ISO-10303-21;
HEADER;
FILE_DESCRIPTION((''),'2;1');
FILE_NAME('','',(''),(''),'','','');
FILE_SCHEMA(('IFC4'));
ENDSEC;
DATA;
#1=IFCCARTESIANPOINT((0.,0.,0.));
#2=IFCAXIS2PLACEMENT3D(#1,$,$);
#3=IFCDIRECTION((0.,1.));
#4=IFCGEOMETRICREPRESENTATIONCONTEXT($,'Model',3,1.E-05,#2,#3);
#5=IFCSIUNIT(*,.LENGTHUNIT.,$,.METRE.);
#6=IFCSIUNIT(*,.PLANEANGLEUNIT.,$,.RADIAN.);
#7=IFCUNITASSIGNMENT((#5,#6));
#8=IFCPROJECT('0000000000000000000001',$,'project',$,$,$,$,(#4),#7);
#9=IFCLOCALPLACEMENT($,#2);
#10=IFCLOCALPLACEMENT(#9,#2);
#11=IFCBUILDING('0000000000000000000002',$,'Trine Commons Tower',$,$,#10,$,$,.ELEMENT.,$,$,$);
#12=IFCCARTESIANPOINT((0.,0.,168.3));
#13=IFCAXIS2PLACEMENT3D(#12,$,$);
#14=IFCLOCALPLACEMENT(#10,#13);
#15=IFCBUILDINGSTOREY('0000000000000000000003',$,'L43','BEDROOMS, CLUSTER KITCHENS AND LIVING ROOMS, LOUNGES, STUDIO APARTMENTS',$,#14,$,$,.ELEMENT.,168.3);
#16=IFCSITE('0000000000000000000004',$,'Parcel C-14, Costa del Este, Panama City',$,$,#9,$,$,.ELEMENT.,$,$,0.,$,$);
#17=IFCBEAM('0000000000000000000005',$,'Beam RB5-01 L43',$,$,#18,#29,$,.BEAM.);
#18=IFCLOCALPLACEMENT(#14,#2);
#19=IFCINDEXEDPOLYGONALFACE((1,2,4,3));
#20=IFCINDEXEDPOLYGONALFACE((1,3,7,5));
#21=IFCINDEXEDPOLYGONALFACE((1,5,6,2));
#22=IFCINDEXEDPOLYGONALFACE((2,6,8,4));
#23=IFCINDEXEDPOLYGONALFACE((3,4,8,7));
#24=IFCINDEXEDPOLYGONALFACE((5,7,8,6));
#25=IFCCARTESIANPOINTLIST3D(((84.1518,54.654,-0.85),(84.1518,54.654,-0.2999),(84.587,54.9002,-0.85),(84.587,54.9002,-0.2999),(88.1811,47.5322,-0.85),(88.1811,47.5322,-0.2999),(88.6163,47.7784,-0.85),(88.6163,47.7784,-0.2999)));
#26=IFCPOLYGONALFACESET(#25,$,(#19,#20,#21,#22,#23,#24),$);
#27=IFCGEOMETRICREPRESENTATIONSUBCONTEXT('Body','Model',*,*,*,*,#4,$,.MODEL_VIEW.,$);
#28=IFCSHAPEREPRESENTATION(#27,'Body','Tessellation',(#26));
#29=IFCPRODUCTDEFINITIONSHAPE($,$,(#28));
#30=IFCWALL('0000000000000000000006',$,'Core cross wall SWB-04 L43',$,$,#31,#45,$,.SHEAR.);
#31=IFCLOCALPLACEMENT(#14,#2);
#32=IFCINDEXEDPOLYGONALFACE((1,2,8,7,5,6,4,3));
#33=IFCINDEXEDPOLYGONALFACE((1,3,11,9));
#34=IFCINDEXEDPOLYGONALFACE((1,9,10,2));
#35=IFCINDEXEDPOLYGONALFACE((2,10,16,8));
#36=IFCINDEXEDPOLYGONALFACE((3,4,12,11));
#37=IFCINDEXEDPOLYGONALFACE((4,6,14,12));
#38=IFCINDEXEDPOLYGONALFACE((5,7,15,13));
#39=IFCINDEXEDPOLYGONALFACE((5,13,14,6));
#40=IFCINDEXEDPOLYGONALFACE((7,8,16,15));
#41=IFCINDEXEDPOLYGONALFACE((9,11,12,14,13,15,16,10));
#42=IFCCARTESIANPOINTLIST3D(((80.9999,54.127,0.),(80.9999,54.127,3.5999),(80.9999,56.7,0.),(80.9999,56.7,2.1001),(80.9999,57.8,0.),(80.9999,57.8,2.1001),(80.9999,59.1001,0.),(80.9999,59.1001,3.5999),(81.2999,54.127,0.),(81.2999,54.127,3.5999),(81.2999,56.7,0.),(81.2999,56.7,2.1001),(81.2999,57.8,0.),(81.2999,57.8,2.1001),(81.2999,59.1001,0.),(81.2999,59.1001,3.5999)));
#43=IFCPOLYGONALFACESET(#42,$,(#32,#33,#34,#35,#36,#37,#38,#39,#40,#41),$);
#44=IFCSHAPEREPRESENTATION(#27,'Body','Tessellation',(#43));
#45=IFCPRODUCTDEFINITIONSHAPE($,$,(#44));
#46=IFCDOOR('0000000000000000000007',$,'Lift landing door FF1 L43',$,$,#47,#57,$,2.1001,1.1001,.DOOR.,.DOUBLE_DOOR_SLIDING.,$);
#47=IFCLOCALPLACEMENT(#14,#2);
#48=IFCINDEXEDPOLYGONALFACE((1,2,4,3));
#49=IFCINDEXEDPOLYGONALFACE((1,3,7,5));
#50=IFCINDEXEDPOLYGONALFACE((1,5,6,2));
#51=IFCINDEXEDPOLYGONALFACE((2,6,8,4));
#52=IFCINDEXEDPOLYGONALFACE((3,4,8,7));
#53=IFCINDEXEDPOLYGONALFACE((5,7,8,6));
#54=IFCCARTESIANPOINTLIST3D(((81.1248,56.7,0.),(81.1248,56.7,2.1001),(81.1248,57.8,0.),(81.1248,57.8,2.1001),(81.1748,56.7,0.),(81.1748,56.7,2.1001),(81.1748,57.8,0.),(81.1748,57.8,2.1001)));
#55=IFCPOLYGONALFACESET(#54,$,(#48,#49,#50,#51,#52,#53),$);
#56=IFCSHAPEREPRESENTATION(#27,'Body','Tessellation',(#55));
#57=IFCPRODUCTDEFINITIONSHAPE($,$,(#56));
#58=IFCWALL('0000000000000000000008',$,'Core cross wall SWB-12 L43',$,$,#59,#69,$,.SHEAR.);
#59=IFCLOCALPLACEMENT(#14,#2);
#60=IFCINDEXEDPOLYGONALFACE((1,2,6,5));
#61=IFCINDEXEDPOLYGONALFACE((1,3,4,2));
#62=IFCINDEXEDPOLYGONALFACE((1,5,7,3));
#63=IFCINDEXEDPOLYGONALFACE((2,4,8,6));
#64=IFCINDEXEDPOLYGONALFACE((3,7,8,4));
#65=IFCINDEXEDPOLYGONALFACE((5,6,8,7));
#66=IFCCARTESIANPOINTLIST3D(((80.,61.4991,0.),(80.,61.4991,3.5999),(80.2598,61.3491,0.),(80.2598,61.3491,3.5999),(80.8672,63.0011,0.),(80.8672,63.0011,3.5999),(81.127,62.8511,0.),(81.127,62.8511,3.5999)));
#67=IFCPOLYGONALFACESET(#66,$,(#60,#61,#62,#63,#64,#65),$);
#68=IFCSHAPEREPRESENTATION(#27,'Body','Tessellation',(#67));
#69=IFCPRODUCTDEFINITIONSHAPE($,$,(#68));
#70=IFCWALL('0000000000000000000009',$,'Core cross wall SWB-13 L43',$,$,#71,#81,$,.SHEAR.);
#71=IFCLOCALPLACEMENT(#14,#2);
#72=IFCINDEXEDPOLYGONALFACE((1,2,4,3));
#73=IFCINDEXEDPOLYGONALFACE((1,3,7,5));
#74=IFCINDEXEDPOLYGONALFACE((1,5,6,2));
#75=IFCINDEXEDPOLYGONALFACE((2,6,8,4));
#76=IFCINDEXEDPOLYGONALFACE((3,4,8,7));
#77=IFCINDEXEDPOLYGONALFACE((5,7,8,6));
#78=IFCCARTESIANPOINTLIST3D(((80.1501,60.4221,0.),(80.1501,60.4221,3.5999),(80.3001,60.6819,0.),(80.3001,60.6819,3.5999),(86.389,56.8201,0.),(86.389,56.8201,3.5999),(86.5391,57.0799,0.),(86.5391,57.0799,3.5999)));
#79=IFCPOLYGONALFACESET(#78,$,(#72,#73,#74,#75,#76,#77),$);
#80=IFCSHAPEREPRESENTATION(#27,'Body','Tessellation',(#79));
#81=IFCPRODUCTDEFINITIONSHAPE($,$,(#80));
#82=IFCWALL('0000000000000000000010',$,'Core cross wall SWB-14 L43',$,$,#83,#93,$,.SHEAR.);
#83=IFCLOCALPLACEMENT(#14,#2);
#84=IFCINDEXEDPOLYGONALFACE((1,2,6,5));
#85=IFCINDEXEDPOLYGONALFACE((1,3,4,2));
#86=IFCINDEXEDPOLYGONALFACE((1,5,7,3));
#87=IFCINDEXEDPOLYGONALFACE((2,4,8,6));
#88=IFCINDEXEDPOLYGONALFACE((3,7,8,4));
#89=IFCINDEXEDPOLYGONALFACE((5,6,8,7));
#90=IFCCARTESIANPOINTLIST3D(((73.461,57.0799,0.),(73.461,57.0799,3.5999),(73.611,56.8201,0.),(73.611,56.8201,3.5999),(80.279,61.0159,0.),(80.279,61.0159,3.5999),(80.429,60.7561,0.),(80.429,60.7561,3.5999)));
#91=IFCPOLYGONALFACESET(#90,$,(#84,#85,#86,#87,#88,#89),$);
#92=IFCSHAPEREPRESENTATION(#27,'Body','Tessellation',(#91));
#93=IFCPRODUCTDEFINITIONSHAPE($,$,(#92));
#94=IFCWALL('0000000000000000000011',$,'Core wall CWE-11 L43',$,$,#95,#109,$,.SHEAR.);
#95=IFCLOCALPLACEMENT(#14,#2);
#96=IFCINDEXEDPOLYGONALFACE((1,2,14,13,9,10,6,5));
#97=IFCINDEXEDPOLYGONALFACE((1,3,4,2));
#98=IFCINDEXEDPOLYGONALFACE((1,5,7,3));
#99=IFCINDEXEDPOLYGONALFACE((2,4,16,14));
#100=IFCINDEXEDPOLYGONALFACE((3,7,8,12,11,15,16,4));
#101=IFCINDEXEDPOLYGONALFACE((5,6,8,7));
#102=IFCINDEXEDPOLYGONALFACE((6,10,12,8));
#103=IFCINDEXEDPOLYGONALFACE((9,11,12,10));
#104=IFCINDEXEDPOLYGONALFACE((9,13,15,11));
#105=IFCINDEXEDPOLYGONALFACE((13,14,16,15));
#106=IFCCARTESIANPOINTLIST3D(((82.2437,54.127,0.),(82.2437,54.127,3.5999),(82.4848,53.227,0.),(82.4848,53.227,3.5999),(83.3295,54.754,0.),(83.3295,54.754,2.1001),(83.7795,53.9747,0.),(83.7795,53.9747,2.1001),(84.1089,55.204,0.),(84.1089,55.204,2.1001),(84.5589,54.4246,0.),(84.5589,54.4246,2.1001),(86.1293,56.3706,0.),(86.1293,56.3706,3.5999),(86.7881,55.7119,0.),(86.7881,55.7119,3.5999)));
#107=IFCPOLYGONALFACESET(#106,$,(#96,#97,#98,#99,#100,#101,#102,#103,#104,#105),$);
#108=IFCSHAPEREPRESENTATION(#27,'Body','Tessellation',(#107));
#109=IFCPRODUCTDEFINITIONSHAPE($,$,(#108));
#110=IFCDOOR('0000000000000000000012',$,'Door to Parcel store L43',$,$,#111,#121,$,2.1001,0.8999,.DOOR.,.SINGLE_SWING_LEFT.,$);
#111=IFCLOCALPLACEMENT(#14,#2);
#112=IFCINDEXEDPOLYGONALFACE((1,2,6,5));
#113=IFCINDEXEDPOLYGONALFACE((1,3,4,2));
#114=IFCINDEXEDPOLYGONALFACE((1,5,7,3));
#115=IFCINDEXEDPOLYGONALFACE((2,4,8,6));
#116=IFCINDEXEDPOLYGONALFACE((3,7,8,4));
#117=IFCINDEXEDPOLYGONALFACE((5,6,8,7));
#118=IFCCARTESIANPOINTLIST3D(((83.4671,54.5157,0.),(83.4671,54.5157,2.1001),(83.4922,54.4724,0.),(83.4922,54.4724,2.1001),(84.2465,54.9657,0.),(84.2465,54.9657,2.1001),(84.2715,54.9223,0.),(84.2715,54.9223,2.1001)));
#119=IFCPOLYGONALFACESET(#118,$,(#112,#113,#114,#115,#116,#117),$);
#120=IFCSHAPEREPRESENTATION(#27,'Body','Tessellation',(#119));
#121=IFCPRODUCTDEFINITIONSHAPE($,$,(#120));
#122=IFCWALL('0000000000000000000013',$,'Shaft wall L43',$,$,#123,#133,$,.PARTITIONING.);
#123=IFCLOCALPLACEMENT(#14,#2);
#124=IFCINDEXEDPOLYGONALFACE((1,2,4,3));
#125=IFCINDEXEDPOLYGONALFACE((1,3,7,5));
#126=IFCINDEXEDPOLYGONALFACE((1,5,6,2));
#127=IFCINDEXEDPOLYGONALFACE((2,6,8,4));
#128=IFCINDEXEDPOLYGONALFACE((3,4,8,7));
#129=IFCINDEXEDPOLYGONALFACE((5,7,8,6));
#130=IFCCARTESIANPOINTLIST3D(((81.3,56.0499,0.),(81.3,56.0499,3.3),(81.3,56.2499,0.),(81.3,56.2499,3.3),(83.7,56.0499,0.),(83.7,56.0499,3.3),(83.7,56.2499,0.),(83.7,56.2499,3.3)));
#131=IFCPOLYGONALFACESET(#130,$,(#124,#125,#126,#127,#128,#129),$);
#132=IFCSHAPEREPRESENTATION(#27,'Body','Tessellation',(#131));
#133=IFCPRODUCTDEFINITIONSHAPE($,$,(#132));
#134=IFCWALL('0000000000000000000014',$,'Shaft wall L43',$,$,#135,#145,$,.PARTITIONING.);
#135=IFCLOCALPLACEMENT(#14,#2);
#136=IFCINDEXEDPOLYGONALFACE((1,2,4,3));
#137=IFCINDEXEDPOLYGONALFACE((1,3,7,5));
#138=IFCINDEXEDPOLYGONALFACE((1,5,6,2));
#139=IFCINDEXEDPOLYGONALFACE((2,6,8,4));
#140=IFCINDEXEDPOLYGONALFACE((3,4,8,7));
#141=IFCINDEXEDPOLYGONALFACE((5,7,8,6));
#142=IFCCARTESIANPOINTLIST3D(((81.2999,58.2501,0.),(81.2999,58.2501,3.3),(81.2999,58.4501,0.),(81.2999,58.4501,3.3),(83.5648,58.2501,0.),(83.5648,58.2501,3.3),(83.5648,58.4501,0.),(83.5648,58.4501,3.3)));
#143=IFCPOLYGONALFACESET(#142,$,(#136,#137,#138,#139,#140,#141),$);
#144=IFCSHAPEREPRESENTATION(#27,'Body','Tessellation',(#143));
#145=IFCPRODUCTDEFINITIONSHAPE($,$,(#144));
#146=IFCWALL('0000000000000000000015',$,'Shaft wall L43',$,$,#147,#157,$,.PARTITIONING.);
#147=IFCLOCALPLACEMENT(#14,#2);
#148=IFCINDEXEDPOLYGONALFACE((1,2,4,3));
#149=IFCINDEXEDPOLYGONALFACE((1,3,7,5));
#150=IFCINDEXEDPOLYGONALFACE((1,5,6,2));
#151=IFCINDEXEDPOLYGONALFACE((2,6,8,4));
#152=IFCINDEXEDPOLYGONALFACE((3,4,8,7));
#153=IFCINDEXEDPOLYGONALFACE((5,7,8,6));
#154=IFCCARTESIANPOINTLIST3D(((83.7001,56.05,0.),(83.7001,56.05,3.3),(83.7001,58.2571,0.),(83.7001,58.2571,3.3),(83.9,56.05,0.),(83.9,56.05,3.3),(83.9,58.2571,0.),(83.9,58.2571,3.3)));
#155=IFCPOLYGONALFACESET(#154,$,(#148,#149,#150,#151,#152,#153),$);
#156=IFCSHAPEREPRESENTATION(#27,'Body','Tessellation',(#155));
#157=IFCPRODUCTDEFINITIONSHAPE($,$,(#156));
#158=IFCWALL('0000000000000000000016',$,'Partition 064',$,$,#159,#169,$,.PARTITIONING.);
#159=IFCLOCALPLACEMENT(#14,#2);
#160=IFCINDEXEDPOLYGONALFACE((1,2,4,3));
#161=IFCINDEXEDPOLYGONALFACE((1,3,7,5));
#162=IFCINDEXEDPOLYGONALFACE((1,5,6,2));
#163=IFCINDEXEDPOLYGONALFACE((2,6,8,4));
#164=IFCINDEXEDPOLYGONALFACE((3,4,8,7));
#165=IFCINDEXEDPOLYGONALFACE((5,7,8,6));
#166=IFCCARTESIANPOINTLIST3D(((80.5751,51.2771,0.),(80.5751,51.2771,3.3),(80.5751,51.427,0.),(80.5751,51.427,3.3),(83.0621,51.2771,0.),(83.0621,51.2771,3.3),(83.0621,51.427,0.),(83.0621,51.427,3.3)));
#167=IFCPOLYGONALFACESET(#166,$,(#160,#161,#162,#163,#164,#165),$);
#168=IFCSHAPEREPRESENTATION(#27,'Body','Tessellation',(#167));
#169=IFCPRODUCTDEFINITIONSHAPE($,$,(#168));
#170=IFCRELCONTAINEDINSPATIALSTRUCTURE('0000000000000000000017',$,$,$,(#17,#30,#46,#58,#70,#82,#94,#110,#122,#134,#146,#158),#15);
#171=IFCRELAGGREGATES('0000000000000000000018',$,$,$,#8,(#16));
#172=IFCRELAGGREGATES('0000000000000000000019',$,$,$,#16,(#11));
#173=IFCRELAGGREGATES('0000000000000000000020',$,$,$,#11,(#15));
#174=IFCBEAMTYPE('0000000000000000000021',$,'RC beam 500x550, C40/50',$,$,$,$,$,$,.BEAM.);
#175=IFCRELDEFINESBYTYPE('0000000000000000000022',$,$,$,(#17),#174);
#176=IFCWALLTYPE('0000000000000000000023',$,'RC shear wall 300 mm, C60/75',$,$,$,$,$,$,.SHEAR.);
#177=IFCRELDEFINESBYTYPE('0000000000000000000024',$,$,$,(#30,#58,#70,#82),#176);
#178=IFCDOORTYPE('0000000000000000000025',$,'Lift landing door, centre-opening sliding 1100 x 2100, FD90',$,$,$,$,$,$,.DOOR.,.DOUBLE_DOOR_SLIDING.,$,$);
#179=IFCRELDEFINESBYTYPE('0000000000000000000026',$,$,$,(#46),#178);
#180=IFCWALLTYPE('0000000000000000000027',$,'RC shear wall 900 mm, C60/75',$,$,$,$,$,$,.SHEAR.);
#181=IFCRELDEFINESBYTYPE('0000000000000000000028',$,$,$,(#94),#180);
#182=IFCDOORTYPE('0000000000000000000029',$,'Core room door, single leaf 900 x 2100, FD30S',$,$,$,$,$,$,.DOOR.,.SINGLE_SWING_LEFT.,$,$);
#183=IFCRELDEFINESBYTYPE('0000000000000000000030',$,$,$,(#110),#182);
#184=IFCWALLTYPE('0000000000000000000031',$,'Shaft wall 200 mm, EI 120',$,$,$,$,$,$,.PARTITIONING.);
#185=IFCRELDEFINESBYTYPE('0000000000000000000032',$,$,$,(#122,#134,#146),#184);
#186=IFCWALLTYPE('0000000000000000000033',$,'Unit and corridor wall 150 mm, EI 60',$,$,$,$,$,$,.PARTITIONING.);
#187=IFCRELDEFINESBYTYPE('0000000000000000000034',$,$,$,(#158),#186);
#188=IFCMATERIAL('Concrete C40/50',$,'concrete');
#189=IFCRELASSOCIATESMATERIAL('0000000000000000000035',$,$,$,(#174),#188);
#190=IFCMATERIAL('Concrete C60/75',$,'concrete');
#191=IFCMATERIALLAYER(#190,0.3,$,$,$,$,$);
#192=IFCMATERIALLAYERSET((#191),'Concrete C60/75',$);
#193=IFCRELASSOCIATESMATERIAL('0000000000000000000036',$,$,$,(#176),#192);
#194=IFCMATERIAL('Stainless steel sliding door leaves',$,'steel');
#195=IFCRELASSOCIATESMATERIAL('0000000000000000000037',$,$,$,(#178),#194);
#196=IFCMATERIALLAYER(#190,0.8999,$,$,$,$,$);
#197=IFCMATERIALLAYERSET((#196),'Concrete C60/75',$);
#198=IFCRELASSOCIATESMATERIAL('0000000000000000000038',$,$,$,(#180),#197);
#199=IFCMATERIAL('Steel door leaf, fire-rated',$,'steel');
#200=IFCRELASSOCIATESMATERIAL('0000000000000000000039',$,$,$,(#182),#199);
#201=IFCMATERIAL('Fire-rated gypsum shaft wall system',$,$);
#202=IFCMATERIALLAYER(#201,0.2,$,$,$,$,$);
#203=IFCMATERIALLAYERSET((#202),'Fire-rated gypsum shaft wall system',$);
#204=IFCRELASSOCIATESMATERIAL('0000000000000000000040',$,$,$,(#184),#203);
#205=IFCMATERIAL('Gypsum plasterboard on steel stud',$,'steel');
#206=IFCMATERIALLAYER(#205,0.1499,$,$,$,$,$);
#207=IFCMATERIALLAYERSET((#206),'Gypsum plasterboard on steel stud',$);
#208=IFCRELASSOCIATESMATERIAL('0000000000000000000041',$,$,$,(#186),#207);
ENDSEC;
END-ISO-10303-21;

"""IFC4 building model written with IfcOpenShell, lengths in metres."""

from ifc_helpers import new_model, si_unit, direction, frame, frame_2d, origin, origin_2d, place, context, subcontext, project, spatial, polyline, rectangle, outline, extrude, material, layer, layer_set, material_profile, profile_set, type_object, element, fill, save


model = new_model("IFC4")

# Units and contexts
model_context = context("Model", 3, precision=1e-05, world=origin(), true_north=direction((0.0, 1.0)))
body_context = subcontext(model_context, "Body", "Model", "MODEL_VIEW")
ifc_project = project(units=[si_unit("LENGTHUNIT", "METRE"), si_unit("PLANEANGLEUNIT", "RADIAN")], contexts=[model_context])

# Site, building, storey
site_placement = place(None, origin())
site = spatial("IfcSite", under=ifc_project, at=site_placement, Name="Parcel C-14, Costa del Este, Panama City", CompositionType="ELEMENT", RefElevation=0.0)
building_placement = place(site_placement, origin())
building = spatial("IfcBuilding", under=site, at=building_placement, Name="Trine Commons Tower", CompositionType="ELEMENT")
storey_placement = place(building_placement, frame((0.0, 0.0, 168.3)))
storey = spatial("IfcBuildingStorey", under=building, at=storey_placement, Name="L43", Description="BEDROOMS, CLUSTER KITCHENS AND LIVING ROOMS, LOUNGES, STUDIO APARTMENTS", CompositionType="ELEMENT", Elevation=168.3)

# Beam
ifc_material_1 = material(Name="Concrete C40/50", Category="concrete")
ifc_material_profile = material_profile(ifc_material_1, rectangle(XDim=0.5, YDim=0.55, at=origin_2d()), Name="RC 500x550")
ifc_profile_set = profile_set([ifc_material_profile], Name="Concrete C40/50")
beam_type = type_object("IfcBeamType", Name="RC beam 500x550, C40/50", PredefinedType="BEAM", material=ifc_profile_set)
beam_placement = place(storey_placement, frame((84.3694, 54.7771, -0.575), z_axis=(0.49242, -0.870358, 0.0), x_axis=(0.870358, 0.49242, 0.0)))
element("IfcBeam", 1, at=beam_placement, inside=storey, type_object=beam_type, Name="Beam RB5-01 L43", PredefinedType="BEAM", context=body_context, shape_type="SweptSolid", body=[
    extrude(rectangle(XDim=0.5, YDim=0.55, at=origin_2d()), origin(), (0.0, 0.0, 1.0), 8.1826),
])

# Wall, opening, door
ifc_material_2 = material(Name="Concrete C60/75", Category="concrete")
ifc_layer_1 = layer(ifc_material_2, 0.3)
ifc_layer_set_1 = layer_set([ifc_layer_1], Name="Concrete C60/75")
wall_type_1 = type_object("IfcWallType", Name="RC shear wall 300 mm, C60/75", PredefinedType="SHEAR", material=ifc_layer_set_1)
wall_1_placement = place(storey_placement, frame((81.1499, 59.1001, 0.0), z_axis=(0.0, 0.0, 1.0), x_axis=(0.0, -1.0, 0.0)))
wall_1 = element("IfcWall", 2, at=wall_1_placement, inside=storey, type_object=wall_type_1, Name="Core cross wall SWB-04 L43", PredefinedType="SHEAR", context=body_context, shape_type="SweptSolid", body=[
    extrude(rectangle(XDim=4.9731, YDim=0.3, at=frame_2d((2.4866, 0.0))), origin(), (0.0, 0.0, 1.0), 3.5999),
])
opening_1_placement = place(wall_1_placement, frame((1.3, 0.0, 0.0)))
opening_1 = element("IfcOpeningElement", 3, at=opening_1_placement, cuts=wall_1, PredefinedType="OPENING", context=body_context, shape_type="SweptSolid", body=[
    extrude(rectangle(XDim=1.1001, YDim=2.1001, at=frame_2d((0.55, 1.05))), frame((0.0, 0.1599, 0.0), z_axis=(0.0, -1.0, 0.0), x_axis=(1.0, 0.0, 0.0)), (0.0, 0.0, 1.0), 0.3201),
])
ifc_material_3 = material(Name="Stainless steel sliding door leaves", Category="steel")
door_type_1 = type_object("IfcDoorType", Name="Lift landing door, centre-opening sliding 1100 x 2100, FD90", OperationType="DOUBLE_DOOR_SLIDING", PredefinedType="DOOR", material=ifc_material_3)
door_1_placement = place(opening_1_placement, origin())
door_1 = element("IfcDoor", 4, at=door_1_placement, inside=storey, type_object=door_type_1, Name="Lift landing door FF1 L43", OperationType="DOUBLE_DOOR_SLIDING", OverallHeight=2.1001, OverallWidth=1.1001, PredefinedType="DOOR", context=body_context, shape_type="SweptSolid", body=[
    extrude(rectangle(XDim=1.1001, YDim=2.1001, at=frame_2d((0.55, 1.05))), frame((0.0, 0.0249, 0.0), z_axis=(0.0, -1.0, 0.0), x_axis=(1.0, 0.0, 0.0)), (0.0, 0.0, 1.0), 0.05),
])
fill(opening_1, door_1)

# Walls
wall_2_placement = place(storey_placement, frame((80.1299, 61.4241, 0.0), z_axis=(0.0, 0.0, 1.0), x_axis=(0.500015, 0.866017, 0.0)))
element("IfcWall", 5, at=wall_2_placement, inside=storey, type_object=wall_type_1, Name="Core cross wall SWB-12 L43", PredefinedType="SHEAR", context=body_context, shape_type="SweptSolid", body=[
    extrude(rectangle(XDim=1.7344, YDim=0.3, at=frame_2d((0.8672, 0.0))), origin(), (0.0, 0.0, 1.0), 3.5999),
])
wall_3_placement = place(storey_placement, frame((80.2251, 60.552, 0.0), z_axis=(0.0, 0.0, 1.0), x_axis=(0.866028, -0.499995, 0.0)))
element("IfcWall", 6, at=wall_3_placement, inside=storey, type_object=wall_type_1, Name="Core cross wall SWB-13 L43", PredefinedType="SHEAR", context=body_context, shape_type="SweptSolid", body=[
    extrude(rectangle(XDim=7.2041, YDim=0.3, at=frame_2d((3.6021, 0.0))), origin(), (0.0, 0.0, 1.0), 3.5999),
])
wall_4_placement = place(storey_placement, frame((80.354, 60.886, 0.0), z_axis=(0.0, 0.0, 1.0), x_axis=(-0.866048, -0.499961, 0.0)))
element("IfcWall", 7, at=wall_4_placement, inside=storey, type_object=wall_type_1, Name="Core cross wall SWB-14 L43", PredefinedType="SHEAR", context=body_context, shape_type="SweptSolid", body=[
    extrude(rectangle(XDim=7.8726, YDim=0.3, at=frame_2d((3.9363, 0.0))), origin(), (0.0, 0.0, 1.0), 3.5999),
])

# Wall, opening, door
ifc_layer_2 = layer(ifc_material_2, 0.8999)
ifc_layer_set_2 = layer_set([ifc_layer_2], Name="Concrete C60/75")
wall_type_2 = type_object("IfcWallType", Name="RC shear wall 900 mm, C60/75", PredefinedType="SHEAR", material=ifc_layer_set_2)
wall_5_placement = place(storey_placement, frame((82.2598, 53.6167, 0.0), z_axis=(0.0, 0.0, 1.0), x_axis=(0.866003, 0.500039, 0.0)))
wall_5 = element("IfcWall", 8, at=wall_5_placement, inside=storey, type_object=wall_type_2, Name="Core wall CWE-11 L43", PredefinedType="SHEAR", context=body_context, shape_type="SweptSolid", body=[
    extrude(outline(polyline([(0.0, -0.45), (4.9692, -0.45), (4.728, 0.45), (0.2412, 0.45), (0.0, -0.45)])), origin(), (0.0, 0.0, 1.0), 3.5999),
])
opening_2_placement = place(wall_5_placement, frame((1.4951, 0.0, 0.0)))
opening_2 = element("IfcOpeningElement", 9, at=opening_2_placement, cuts=wall_5, PredefinedType="OPENING", context=body_context, shape_type="SweptSolid", body=[
    extrude(rectangle(XDim=0.8999, YDim=2.1001, at=frame_2d((0.45, 1.05))), frame((0.0, 0.46, 0.0), z_axis=(0.0, -1.0, 0.0), x_axis=(1.0, 0.0, 0.0)), (0.0, 0.0, 1.0), 0.9199),
])
ifc_material_4 = material(Name="Steel door leaf, fire-rated", Category="steel")
door_type_2 = type_object("IfcDoorType", Name="Core room door, single leaf 900 x 2100, FD30S", OperationType="SINGLE_SWING_LEFT", PredefinedType="DOOR", material=ifc_material_4)
door_2_placement = place(opening_2_placement, origin())
door_2 = element("IfcDoor", 10, at=door_2_placement, inside=storey, type_object=door_type_2, Name="Door to Parcel store L43", OperationType="SINGLE_SWING_LEFT", OverallHeight=2.1001, OverallWidth=0.8999, PredefinedType="DOOR", context=body_context, shape_type="SweptSolid", body=[
    extrude(rectangle(XDim=0.8999, YDim=2.1001, at=frame_2d((0.45, 1.05))), frame((0.0, 0.1748, 0.0), z_axis=(0.0, -1.0, 0.0), x_axis=(1.0, 0.0, 0.0)), (0.0, 0.0, 1.0), 0.05),
])
fill(opening_2, door_2)

# Walls
ifc_material_5 = material(Name="Fire-rated gypsum shaft wall system")
ifc_layer_3 = layer(ifc_material_5, 0.2)
ifc_layer_set_3 = layer_set([ifc_layer_3], Name="Fire-rated gypsum shaft wall system")
wall_type_3 = type_object("IfcWallType", Name="Shaft wall 200 mm, EI 120", PredefinedType="PARTITIONING", material=ifc_layer_set_3)
wall_6_placement = place(storey_placement, frame((81.3, 56.1499, 0.0), z_axis=(0.0, 0.0, 1.0), x_axis=(1.0, 0.0, 0.0)))
element("IfcWall", 11, at=wall_6_placement, inside=storey, type_object=wall_type_3, Name="Shaft wall L43", PredefinedType="PARTITIONING", context=body_context, shape_type="SweptSolid", body=[
    extrude(rectangle(XDim=2.3999, YDim=0.2, at=frame_2d((1.2, 0.0))), origin(), (0.0, 0.0, 1.0), 3.3),
])
wall_7_placement = place(storey_placement, frame((81.3, 58.3501, 0.0), z_axis=(0.0, 0.0, 1.0), x_axis=(1.0, 0.0, 0.0)))
element("IfcWall", 12, at=wall_7_placement, inside=storey, type_object=wall_type_3, Name="Shaft wall L43", PredefinedType="PARTITIONING", context=body_context, shape_type="SweptSolid", body=[
    extrude(rectangle(XDim=2.2649, YDim=0.2, at=frame_2d((1.1323, 0.0))), origin(), (0.0, 0.0, 1.0), 3.3),
])
wall_8_placement = place(storey_placement, frame((83.8, 58.2571, 0.0), z_axis=(0.0, 0.0, 1.0), x_axis=(0.0, -1.0, 0.0)))
element("IfcWall", 13, at=wall_8_placement, inside=storey, type_object=wall_type_3, Name="Shaft wall L43", PredefinedType="PARTITIONING", context=body_context, shape_type="SweptSolid", body=[
    extrude(rectangle(XDim=2.207, YDim=0.2, at=frame_2d((1.1035, 0.0))), origin(), (0.0, 0.0, 1.0), 3.3),
])
ifc_material_6 = material(Name="Gypsum plasterboard on steel stud", Category="steel")
ifc_layer_4 = layer(ifc_material_6, 0.1499)
ifc_layer_set_4 = layer_set([ifc_layer_4], Name="Gypsum plasterboard on steel stud")
wall_type_4 = type_object("IfcWallType", Name="Unit and corridor wall 150 mm, EI 60", PredefinedType="PARTITIONING", material=ifc_layer_set_4)
wall_9_placement = place(storey_placement, frame((80.575, 51.3521, 0.0), z_axis=(0.0, 0.0, 1.0), x_axis=(1.0, 0.0, 0.0)))
element("IfcWall", 14, at=wall_9_placement, inside=storey, type_object=wall_type_4, Name="Partition 064", PredefinedType="PARTITIONING", context=body_context, shape_type="SweptSolid", body=[
    extrude(rectangle(XDim=2.4871, YDim=0.1499, at=frame_2d((1.2437, 0.0))), origin(), (0.0, 0.0, 1.0), 3.3),
])

save(model, "model.ifc")
